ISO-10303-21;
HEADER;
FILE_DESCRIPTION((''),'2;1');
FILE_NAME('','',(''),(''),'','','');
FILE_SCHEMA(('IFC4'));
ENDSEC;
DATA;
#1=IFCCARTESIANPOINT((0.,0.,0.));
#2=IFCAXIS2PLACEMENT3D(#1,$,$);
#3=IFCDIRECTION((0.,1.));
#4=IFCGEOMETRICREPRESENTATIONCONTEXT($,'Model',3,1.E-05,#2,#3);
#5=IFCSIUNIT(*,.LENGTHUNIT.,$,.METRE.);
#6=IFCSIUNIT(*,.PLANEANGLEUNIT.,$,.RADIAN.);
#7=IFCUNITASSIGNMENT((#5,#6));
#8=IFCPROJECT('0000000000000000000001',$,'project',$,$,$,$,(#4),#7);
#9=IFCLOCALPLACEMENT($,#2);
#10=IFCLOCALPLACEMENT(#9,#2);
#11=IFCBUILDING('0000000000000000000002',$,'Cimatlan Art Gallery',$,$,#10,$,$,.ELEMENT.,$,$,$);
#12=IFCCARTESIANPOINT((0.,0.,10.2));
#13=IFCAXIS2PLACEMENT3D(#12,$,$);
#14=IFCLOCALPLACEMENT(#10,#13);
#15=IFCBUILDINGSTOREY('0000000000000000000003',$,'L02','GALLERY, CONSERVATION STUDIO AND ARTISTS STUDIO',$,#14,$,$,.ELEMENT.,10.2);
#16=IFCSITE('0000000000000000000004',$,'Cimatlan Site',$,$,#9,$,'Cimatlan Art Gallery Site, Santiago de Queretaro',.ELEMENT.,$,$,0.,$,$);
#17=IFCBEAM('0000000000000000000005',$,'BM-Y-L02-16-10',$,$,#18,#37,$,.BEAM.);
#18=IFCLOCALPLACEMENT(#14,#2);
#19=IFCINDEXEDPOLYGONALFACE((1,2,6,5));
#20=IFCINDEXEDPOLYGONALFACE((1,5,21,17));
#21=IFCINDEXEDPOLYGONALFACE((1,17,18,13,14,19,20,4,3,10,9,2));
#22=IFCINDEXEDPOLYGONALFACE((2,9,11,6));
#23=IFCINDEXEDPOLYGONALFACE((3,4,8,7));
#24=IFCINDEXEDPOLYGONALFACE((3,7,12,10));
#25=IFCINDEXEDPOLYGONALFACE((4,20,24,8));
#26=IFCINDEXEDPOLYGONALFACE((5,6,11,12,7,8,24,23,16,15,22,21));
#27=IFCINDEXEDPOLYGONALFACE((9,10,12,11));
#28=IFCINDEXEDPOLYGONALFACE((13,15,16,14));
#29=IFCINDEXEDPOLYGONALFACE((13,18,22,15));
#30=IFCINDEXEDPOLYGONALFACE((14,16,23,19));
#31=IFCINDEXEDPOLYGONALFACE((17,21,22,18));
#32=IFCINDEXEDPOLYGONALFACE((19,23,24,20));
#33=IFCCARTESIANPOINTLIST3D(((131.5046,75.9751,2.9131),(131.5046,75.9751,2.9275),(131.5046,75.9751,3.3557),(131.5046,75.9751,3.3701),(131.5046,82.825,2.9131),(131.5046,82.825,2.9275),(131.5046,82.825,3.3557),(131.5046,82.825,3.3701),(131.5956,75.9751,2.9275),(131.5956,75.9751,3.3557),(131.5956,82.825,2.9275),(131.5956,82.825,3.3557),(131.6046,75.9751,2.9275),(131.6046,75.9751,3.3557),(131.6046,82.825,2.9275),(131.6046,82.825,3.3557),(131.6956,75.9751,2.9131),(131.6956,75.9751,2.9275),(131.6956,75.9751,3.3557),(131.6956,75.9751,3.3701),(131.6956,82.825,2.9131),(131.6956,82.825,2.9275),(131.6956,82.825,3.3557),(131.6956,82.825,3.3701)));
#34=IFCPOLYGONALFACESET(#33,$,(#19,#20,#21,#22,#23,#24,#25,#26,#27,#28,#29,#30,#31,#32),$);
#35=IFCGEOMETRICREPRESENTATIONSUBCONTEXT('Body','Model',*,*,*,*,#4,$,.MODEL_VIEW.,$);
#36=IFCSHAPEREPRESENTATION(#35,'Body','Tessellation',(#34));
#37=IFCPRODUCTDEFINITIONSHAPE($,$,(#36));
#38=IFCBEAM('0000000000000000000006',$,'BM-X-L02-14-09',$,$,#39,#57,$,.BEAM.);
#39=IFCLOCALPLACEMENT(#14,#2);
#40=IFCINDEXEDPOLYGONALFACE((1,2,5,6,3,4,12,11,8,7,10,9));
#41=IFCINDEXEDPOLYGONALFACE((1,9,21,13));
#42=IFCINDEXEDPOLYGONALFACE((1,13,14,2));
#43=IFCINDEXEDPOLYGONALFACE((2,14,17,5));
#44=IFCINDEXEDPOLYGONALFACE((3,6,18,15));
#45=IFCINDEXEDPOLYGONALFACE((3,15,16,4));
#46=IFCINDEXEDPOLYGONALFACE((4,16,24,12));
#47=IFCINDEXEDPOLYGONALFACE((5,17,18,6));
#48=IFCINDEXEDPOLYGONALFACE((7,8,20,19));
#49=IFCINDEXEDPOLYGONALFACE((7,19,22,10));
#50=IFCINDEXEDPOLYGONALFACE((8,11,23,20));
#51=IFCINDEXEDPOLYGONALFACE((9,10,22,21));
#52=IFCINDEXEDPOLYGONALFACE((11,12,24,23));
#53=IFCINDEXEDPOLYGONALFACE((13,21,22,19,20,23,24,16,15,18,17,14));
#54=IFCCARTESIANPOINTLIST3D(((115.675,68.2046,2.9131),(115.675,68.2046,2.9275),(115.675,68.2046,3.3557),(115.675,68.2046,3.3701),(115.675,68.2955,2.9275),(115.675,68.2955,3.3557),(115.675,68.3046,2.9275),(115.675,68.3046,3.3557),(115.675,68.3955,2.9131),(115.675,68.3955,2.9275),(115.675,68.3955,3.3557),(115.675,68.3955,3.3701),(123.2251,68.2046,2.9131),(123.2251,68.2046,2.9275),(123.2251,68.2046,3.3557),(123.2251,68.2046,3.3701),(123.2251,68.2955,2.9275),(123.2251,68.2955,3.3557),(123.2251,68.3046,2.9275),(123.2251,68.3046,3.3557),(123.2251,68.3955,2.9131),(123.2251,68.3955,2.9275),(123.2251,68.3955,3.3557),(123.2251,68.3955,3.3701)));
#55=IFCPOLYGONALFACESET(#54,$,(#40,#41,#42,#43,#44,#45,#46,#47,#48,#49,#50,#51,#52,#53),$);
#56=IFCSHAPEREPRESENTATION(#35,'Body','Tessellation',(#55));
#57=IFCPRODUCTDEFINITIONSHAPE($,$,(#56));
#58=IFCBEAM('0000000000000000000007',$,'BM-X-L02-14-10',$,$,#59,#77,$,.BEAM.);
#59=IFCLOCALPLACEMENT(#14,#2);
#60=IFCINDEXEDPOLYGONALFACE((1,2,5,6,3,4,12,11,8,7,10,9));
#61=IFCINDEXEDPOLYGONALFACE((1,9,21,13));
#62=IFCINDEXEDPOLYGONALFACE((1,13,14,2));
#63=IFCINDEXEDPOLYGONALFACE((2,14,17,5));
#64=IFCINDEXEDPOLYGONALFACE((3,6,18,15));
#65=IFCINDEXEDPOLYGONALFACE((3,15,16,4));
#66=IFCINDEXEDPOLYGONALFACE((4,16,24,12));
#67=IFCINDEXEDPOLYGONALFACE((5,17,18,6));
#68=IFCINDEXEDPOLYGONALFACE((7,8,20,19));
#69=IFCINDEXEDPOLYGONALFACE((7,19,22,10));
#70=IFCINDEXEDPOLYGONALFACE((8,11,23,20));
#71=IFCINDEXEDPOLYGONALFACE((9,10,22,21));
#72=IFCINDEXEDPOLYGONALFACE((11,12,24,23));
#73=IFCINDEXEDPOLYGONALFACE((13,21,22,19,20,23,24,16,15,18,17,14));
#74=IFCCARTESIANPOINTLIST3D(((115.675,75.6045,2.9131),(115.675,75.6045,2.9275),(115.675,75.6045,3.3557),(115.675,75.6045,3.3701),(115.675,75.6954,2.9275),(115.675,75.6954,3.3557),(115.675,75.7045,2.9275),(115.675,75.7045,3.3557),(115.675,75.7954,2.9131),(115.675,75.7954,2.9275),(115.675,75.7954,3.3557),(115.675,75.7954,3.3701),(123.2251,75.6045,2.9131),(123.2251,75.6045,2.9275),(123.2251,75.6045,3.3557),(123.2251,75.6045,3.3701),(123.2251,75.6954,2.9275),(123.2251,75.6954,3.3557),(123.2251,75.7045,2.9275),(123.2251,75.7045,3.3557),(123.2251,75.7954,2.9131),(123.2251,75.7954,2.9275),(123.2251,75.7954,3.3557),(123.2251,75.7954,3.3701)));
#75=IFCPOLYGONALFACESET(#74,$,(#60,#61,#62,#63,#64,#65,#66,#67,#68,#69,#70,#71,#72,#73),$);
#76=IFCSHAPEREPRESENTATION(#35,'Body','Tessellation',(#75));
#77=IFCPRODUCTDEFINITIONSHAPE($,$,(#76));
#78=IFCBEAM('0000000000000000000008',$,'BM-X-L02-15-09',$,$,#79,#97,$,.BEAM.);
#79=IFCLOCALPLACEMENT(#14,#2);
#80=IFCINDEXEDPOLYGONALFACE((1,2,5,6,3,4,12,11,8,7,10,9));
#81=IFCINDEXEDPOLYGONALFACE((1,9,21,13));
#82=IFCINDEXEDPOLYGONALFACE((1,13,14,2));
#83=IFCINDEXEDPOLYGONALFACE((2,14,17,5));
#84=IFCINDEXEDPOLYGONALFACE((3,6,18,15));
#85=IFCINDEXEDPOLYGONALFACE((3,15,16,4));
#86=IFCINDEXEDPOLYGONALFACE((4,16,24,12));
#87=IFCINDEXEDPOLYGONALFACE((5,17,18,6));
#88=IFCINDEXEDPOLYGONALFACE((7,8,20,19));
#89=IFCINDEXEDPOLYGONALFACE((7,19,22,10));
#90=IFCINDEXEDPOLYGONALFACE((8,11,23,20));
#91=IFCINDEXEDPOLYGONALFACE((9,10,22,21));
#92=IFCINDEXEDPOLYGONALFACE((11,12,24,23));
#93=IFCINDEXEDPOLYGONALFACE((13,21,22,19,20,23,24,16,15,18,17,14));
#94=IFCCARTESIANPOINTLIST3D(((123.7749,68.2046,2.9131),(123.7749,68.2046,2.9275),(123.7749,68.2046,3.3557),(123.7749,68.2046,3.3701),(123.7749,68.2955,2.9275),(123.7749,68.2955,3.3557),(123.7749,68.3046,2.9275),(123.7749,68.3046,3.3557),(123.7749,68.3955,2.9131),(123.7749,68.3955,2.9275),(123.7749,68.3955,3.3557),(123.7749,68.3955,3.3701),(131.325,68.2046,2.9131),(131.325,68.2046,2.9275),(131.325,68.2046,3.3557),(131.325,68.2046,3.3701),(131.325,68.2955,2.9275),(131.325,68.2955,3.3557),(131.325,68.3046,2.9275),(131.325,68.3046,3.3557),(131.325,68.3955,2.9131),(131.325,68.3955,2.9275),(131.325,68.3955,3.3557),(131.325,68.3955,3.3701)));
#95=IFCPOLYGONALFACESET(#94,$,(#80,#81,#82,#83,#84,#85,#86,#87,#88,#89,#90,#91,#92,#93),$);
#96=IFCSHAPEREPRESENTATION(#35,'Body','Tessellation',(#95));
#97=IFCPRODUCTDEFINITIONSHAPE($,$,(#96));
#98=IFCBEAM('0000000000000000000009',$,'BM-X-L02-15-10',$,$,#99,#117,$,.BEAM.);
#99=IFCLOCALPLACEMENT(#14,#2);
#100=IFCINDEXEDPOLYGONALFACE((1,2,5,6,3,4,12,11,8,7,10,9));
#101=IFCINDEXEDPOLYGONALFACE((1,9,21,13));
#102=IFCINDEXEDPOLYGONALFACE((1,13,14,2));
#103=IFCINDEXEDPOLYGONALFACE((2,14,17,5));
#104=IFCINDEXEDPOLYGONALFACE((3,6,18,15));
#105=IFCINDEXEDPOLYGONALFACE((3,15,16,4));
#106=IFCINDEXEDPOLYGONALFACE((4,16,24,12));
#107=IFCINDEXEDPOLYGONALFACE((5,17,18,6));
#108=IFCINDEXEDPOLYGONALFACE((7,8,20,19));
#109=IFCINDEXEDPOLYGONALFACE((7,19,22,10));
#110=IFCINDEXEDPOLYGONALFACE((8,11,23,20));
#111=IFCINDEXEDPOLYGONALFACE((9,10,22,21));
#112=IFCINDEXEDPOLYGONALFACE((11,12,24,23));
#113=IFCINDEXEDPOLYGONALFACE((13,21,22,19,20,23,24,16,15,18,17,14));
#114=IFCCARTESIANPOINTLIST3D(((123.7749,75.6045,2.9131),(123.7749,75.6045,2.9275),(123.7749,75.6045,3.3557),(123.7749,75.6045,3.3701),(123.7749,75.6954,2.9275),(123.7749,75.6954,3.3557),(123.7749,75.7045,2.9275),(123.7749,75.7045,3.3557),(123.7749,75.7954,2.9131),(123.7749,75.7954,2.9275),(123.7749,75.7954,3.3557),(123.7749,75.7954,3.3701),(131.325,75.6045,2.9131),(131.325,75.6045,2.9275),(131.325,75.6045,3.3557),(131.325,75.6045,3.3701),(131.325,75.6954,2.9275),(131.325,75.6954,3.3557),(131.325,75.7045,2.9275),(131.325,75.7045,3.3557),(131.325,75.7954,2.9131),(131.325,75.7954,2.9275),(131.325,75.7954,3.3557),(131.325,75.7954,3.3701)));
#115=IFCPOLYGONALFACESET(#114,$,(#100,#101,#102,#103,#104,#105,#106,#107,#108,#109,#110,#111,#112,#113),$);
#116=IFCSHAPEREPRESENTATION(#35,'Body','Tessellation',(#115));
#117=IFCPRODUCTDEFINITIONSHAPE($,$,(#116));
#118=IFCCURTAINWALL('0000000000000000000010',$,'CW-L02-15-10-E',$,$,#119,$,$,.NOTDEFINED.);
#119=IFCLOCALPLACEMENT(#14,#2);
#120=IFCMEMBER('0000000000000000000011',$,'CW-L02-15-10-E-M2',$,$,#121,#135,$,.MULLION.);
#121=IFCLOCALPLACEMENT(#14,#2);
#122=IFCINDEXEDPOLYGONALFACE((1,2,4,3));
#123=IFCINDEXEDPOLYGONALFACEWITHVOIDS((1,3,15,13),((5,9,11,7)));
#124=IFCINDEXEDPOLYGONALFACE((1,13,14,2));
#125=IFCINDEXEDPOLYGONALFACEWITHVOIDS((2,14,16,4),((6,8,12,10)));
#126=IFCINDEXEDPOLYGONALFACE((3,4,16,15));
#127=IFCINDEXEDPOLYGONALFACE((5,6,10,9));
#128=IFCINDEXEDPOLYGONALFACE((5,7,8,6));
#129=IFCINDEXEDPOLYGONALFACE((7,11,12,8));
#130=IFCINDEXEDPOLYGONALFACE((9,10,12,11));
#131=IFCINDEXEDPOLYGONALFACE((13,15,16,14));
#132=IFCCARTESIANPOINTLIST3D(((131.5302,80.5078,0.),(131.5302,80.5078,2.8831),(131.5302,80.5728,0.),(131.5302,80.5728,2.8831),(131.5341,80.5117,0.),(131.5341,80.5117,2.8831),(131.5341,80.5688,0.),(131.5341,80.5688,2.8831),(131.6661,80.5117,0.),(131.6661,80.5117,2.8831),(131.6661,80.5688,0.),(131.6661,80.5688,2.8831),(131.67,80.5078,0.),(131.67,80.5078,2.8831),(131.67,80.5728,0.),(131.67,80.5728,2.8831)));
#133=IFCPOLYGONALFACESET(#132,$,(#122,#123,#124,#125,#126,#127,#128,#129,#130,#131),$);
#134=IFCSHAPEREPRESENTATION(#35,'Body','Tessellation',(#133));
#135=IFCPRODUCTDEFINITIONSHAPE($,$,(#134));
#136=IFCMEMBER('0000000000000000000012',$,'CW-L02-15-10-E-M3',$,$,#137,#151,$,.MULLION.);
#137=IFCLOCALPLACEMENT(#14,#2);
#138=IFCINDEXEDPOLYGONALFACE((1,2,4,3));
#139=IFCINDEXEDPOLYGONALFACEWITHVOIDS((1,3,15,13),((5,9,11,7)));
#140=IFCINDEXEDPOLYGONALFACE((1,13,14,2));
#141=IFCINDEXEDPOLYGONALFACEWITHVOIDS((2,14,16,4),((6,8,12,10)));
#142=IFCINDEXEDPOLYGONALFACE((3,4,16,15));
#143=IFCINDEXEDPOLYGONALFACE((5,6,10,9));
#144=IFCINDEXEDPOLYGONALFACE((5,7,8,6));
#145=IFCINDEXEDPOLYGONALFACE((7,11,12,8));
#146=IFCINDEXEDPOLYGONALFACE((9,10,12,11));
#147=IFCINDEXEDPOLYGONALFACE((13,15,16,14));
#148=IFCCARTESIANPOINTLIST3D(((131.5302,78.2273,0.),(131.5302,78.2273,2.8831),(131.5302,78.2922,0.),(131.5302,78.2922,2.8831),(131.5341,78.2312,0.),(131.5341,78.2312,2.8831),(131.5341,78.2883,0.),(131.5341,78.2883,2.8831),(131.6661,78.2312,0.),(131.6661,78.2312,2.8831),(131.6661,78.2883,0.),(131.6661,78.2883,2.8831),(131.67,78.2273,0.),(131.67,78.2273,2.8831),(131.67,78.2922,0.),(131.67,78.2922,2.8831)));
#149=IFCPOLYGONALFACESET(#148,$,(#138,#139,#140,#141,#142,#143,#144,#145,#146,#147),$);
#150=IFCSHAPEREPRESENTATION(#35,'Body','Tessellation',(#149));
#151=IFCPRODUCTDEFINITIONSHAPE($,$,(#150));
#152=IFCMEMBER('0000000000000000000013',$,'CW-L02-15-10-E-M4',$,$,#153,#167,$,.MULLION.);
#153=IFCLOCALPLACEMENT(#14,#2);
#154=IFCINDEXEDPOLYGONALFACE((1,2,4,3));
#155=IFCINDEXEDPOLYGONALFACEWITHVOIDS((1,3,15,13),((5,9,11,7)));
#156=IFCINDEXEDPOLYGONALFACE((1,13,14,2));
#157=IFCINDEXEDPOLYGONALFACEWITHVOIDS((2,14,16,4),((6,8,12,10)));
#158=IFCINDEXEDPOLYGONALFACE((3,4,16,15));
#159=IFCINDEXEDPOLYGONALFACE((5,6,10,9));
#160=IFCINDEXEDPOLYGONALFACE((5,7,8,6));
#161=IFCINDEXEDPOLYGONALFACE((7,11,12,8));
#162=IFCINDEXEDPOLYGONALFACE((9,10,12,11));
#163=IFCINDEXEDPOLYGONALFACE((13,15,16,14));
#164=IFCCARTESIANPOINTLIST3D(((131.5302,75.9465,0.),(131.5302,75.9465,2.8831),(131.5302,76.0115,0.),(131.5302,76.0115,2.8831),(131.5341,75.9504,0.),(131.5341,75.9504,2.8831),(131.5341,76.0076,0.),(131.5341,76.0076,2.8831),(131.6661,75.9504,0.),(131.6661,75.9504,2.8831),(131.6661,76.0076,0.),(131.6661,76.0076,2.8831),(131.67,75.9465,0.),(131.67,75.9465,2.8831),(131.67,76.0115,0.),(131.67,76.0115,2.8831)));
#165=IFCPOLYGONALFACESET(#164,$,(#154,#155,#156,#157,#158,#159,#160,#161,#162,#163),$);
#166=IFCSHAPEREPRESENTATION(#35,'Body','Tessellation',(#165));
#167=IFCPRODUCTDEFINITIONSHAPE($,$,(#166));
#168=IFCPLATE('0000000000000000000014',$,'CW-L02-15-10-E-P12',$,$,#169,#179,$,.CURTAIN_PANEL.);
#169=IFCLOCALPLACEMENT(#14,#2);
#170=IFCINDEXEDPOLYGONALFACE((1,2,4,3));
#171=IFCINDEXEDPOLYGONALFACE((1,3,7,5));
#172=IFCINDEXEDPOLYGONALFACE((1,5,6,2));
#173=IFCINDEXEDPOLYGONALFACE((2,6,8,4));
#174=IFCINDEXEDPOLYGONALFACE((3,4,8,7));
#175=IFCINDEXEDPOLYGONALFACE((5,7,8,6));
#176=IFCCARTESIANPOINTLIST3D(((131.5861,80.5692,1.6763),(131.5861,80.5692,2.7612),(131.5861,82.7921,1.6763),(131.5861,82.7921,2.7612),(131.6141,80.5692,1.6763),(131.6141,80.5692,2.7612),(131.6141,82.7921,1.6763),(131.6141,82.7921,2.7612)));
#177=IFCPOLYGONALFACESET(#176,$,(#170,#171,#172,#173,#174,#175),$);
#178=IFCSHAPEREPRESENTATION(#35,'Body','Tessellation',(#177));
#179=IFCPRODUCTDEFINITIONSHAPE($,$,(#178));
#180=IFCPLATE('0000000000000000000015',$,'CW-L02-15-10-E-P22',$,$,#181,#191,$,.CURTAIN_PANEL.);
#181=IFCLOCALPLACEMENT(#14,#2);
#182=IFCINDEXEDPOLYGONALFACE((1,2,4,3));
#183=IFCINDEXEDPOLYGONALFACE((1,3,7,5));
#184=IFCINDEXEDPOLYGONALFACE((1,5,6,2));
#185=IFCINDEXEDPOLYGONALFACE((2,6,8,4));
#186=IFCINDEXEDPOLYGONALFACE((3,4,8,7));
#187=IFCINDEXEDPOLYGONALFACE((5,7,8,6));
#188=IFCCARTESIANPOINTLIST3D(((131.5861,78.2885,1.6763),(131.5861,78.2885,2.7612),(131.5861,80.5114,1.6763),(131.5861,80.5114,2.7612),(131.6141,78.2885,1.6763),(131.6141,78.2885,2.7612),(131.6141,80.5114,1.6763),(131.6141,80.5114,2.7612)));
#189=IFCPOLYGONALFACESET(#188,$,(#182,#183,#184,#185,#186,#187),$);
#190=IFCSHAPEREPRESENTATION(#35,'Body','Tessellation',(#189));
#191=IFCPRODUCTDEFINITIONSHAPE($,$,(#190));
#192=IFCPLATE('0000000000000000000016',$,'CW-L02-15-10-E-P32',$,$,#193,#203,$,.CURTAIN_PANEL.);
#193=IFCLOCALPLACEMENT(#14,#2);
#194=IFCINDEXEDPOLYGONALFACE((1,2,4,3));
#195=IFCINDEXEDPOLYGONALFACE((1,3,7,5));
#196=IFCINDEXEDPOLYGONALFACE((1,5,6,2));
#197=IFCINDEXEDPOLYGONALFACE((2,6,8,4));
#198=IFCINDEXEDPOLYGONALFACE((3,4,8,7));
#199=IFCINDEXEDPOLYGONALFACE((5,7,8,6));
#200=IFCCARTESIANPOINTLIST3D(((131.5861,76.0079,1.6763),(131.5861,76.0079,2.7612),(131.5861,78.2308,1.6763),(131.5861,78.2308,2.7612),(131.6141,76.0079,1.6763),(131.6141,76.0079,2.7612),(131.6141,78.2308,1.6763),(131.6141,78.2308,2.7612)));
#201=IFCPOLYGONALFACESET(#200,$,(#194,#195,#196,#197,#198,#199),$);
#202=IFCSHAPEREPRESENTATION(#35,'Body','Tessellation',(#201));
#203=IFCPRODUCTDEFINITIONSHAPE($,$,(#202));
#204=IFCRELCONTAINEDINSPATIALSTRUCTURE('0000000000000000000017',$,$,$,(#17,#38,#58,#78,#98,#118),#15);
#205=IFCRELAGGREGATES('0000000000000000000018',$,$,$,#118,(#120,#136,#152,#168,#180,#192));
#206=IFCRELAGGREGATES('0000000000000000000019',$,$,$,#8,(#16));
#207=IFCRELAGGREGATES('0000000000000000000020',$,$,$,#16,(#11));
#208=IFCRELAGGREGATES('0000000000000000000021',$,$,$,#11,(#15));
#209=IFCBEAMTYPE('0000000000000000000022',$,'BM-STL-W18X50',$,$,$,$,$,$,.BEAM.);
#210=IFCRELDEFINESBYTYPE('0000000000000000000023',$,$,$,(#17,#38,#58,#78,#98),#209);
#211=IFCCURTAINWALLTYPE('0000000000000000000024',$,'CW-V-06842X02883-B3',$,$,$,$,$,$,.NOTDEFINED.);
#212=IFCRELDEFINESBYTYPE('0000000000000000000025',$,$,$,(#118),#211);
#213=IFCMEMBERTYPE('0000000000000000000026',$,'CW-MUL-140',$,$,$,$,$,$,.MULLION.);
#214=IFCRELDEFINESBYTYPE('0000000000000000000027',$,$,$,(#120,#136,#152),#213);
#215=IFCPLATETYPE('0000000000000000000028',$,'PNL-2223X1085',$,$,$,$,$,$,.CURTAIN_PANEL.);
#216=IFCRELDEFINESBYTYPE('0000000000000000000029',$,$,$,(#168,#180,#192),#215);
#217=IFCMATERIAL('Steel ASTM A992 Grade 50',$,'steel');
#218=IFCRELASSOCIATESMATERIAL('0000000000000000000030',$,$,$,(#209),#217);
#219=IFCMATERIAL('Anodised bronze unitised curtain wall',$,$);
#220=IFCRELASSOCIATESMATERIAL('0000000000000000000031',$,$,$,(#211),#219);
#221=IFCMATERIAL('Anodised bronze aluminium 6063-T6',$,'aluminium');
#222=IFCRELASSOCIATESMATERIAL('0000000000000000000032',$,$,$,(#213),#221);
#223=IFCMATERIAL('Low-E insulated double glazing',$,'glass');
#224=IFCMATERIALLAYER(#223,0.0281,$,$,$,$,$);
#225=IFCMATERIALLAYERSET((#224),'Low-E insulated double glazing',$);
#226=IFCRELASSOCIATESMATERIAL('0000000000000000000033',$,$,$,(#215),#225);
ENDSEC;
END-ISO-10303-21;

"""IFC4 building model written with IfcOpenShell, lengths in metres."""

from ifc_helpers import new_model, si_unit, direction, frame, origin, origin_2d, place, context, subcontext, project, spatial, rectangle, hollow_rectangle, i_section, extrude, material, layer, layer_set, material_profile, profile_set, type_object, element, aggregate, save


model = new_model("IFC4")

# Units and contexts
model_context = context("Model", 3, precision=1e-05, world=origin(), true_north=direction((0.0, 1.0)))
body_context = subcontext(model_context, "Body", "Model", "MODEL_VIEW")
ifc_project = project(units=[si_unit("LENGTHUNIT", "METRE"), si_unit("PLANEANGLEUNIT", "RADIAN")], contexts=[model_context])

# Site, building, storey
site_placement = place(None, origin())
site = spatial("IfcSite", under=ifc_project, at=site_placement, Name="Cimatlan Site", LongName="Cimatlan Art Gallery Site, Santiago de Queretaro", CompositionType="ELEMENT", RefElevation=0.0)
building_placement = place(site_placement, origin())
building = spatial("IfcBuilding", under=site, at=building_placement, Name="Cimatlan Art Gallery", CompositionType="ELEMENT")
storey_placement = place(building_placement, frame((0.0, 0.0, 10.2)))
storey = spatial("IfcBuildingStorey", under=building, at=storey_placement, Name="L02", Description="GALLERY, CONSERVATION STUDIO AND ARTISTS STUDIO", CompositionType="ELEMENT", Elevation=10.2)

# Beams
ifc_material_1 = material(Name="Steel ASTM A992 Grade 50", Category="steel")
ifc_material_profile_1 = material_profile(ifc_material_1, i_section(OverallWidth=0.1909, OverallDepth=0.457, WebThickness=0.009, FlangeThickness=0.0144, at=origin_2d()), Name="W18X50")
ifc_profile_set_1 = profile_set([ifc_material_profile_1], Name="Steel ASTM A992 Grade 50")
beam_type_1 = type_object("IfcBeamType", Name="BM-STL-W18X50", PredefinedType="BEAM", material=ifc_profile_set_1)
beam_1_placement = place(storey_placement, frame((131.6001, 75.9751, 3.1416), z_axis=(0.0, 1.0, 0.0), x_axis=(-1.0, 0.0, 0.0)))
element("IfcBeam", 1, at=beam_1_placement, inside=storey, type_object=beam_type_1, Name="BM-Y-L02-16-10", PredefinedType="BEAM", context=body_context, shape_type="SweptSolid", body=[
    extrude(i_section(OverallWidth=0.1909, OverallDepth=0.457, WebThickness=0.009, FlangeThickness=0.0144, at=origin_2d()), origin(), (0.0, 0.0, 1.0), 6.8499),
])
for number, where, z_axis, x_axis, name in (
    (2, (115.675, 68.3, 3.1416), (1.0, 0.0, 0.0), (0.0, 1.0, 0.0), "BM-X-L02-14-09"),
    (3, (115.675, 75.7, 3.1416), (1.0, 0.0, 0.0), (0.0, 1.0, 0.0), "BM-X-L02-14-10"),
    (4, (123.7749, 68.3, 3.1416), (1.0, 0.0, 0.0), (0.0, 1.0, 0.0), "BM-X-L02-15-09"),
    (5, (123.7749, 75.7, 3.1416), (1.0, 0.0, 0.0), (0.0, 1.0, 0.0), "BM-X-L02-15-10"),
):
    element("IfcBeam", number, at=place(storey_placement, frame(where, z_axis=z_axis, x_axis=x_axis)), inside=storey, type_object=beam_type_1, Name=name, PredefinedType="BEAM", context=body_context, shape_type="SweptSolid", body=[
        extrude(i_section(OverallWidth=0.1909, OverallDepth=0.457, WebThickness=0.009, FlangeThickness=0.0144, at=origin_2d()), origin(), (0.0, 0.0, 1.0), 7.55),
    ])

# Curtain wall, members, plates
ifc_material_2 = material(Name="Anodised bronze unitised curtain wall")
curtain_wall_type = type_object("IfcCurtainWallType", Name="CW-V-06842X02883-B3", PredefinedType="NOTDEFINED", material=ifc_material_2)
curtain_wall_placement = place(storey_placement, origin())
curtain_wall = element("IfcCurtainWall", 6, at=curtain_wall_placement, inside=storey, type_object=curtain_wall_type, Name="CW-L02-15-10-E", PredefinedType="NOTDEFINED")
ifc_material_3 = material(Name="Anodised bronze aluminium 6063-T6", Category="aluminium")
ifc_material_profile_2 = material_profile(ifc_material_3, hollow_rectangle(XDim=0.0649, YDim=0.1399, WallThickness=0.0039, at=origin_2d()), Name="ALU65X140X4")
ifc_profile_set_2 = profile_set([ifc_material_profile_2], Name="Anodised bronze aluminium 6063-T6")
member_type = type_object("IfcMemberType", Name="CW-MUL-140", PredefinedType="MULLION", material=ifc_profile_set_2)
member_1_placement = place(storey_placement, frame((131.6001, 80.5403, 0.0), z_axis=(0.0, 0.0, 1.0), x_axis=(0.0, 1.0, 0.0)))
member_1 = element("IfcMember", 7, at=member_1_placement, type_object=member_type, Name="CW-L02-15-10-E-M2", PredefinedType="MULLION", context=body_context, shape_type="SweptSolid", body=[
    extrude(hollow_rectangle(XDim=0.0649, YDim=0.1399, WallThickness=0.0039, at=origin_2d()), origin(), (0.0, 0.0, 1.0), 2.8831),
])
member_2_placement = place(storey_placement, frame((131.6001, 78.2598, 0.0), z_axis=(0.0, 0.0, 1.0), x_axis=(0.0, 1.0, 0.0)))
member_2 = element("IfcMember", 8, at=member_2_placement, type_object=member_type, Name="CW-L02-15-10-E-M3", PredefinedType="MULLION", context=body_context, shape_type="SweptSolid", body=[
    extrude(hollow_rectangle(XDim=0.0649, YDim=0.1399, WallThickness=0.0039, at=origin_2d()), origin(), (0.0, 0.0, 1.0), 2.8831),
])
member_3_placement = place(storey_placement, frame((131.6001, 75.979, 0.0), z_axis=(0.0, 0.0, 1.0), x_axis=(0.0, 1.0, 0.0)))
member_3 = element("IfcMember", 9, at=member_3_placement, type_object=member_type, Name="CW-L02-15-10-E-M4", PredefinedType="MULLION", context=body_context, shape_type="SweptSolid", body=[
    extrude(hollow_rectangle(XDim=0.0649, YDim=0.1399, WallThickness=0.0039, at=origin_2d()), origin(), (0.0, 0.0, 1.0), 2.8831),
])
ifc_material_4 = material(Name="Low-E insulated double glazing", Category="glass")
ifc_layer_1 = layer(ifc_material_4, 0.0281)
ifc_layer_set_1 = layer_set([ifc_layer_1], Name="Low-E insulated double glazing")
plate_type_1 = type_object("IfcPlateType", Name="PNL-2223X1085", PredefinedType="CURTAIN_PANEL", material=ifc_layer_set_1)
plate_1_placement = place(storey_placement, frame((131.6001, 81.6807, 1.6763), z_axis=(0.0, 0.0, 1.0), x_axis=(0.0, -1.0, 0.0)))
plate_1 = element("IfcPlate", 10, at=plate_1_placement, type_object=plate_type_1, Name="CW-L02-15-10-E-P12", PredefinedType="CURTAIN_PANEL", context=body_context, shape_type="SweptSolid", body=[
    extrude(rectangle(XDim=2.2229, YDim=0.0281, at=origin_2d()), origin(), (0.0, 0.0, 1.0), 1.085),
])
plate_2_placement = place(storey_placement, frame((131.6001, 79.3999, 1.6763), z_axis=(0.0, 0.0, 1.0), x_axis=(0.0, -1.0, 0.0)))
plate_2 = element("IfcPlate", 11, at=plate_2_placement, type_object=plate_type_1, Name="CW-L02-15-10-E-P22", PredefinedType="CURTAIN_PANEL", context=body_context, shape_type="SweptSolid", body=[
    extrude(rectangle(XDim=2.2229, YDim=0.0281, at=origin_2d()), origin(), (0.0, 0.0, 1.0), 1.085),
])
plate_3_placement = place(storey_placement, frame((131.6001, 77.1194, 1.6763), z_axis=(0.0, 0.0, 1.0), x_axis=(0.0, -1.0, 0.0)))
plate_3 = element("IfcPlate", 12, at=plate_3_placement, type_object=plate_type_1, Name="CW-L02-15-10-E-P32", PredefinedType="CURTAIN_PANEL", context=body_context, shape_type="SweptSolid", body=[
    extrude(rectangle(XDim=2.2229, YDim=0.0281, at=origin_2d()), origin(), (0.0, 0.0, 1.0), 1.085),
])
aggregate(curtain_wall, [member_1, member_2, member_3, plate_1, plate_2, plate_3])

save(model, "model.ifc")
